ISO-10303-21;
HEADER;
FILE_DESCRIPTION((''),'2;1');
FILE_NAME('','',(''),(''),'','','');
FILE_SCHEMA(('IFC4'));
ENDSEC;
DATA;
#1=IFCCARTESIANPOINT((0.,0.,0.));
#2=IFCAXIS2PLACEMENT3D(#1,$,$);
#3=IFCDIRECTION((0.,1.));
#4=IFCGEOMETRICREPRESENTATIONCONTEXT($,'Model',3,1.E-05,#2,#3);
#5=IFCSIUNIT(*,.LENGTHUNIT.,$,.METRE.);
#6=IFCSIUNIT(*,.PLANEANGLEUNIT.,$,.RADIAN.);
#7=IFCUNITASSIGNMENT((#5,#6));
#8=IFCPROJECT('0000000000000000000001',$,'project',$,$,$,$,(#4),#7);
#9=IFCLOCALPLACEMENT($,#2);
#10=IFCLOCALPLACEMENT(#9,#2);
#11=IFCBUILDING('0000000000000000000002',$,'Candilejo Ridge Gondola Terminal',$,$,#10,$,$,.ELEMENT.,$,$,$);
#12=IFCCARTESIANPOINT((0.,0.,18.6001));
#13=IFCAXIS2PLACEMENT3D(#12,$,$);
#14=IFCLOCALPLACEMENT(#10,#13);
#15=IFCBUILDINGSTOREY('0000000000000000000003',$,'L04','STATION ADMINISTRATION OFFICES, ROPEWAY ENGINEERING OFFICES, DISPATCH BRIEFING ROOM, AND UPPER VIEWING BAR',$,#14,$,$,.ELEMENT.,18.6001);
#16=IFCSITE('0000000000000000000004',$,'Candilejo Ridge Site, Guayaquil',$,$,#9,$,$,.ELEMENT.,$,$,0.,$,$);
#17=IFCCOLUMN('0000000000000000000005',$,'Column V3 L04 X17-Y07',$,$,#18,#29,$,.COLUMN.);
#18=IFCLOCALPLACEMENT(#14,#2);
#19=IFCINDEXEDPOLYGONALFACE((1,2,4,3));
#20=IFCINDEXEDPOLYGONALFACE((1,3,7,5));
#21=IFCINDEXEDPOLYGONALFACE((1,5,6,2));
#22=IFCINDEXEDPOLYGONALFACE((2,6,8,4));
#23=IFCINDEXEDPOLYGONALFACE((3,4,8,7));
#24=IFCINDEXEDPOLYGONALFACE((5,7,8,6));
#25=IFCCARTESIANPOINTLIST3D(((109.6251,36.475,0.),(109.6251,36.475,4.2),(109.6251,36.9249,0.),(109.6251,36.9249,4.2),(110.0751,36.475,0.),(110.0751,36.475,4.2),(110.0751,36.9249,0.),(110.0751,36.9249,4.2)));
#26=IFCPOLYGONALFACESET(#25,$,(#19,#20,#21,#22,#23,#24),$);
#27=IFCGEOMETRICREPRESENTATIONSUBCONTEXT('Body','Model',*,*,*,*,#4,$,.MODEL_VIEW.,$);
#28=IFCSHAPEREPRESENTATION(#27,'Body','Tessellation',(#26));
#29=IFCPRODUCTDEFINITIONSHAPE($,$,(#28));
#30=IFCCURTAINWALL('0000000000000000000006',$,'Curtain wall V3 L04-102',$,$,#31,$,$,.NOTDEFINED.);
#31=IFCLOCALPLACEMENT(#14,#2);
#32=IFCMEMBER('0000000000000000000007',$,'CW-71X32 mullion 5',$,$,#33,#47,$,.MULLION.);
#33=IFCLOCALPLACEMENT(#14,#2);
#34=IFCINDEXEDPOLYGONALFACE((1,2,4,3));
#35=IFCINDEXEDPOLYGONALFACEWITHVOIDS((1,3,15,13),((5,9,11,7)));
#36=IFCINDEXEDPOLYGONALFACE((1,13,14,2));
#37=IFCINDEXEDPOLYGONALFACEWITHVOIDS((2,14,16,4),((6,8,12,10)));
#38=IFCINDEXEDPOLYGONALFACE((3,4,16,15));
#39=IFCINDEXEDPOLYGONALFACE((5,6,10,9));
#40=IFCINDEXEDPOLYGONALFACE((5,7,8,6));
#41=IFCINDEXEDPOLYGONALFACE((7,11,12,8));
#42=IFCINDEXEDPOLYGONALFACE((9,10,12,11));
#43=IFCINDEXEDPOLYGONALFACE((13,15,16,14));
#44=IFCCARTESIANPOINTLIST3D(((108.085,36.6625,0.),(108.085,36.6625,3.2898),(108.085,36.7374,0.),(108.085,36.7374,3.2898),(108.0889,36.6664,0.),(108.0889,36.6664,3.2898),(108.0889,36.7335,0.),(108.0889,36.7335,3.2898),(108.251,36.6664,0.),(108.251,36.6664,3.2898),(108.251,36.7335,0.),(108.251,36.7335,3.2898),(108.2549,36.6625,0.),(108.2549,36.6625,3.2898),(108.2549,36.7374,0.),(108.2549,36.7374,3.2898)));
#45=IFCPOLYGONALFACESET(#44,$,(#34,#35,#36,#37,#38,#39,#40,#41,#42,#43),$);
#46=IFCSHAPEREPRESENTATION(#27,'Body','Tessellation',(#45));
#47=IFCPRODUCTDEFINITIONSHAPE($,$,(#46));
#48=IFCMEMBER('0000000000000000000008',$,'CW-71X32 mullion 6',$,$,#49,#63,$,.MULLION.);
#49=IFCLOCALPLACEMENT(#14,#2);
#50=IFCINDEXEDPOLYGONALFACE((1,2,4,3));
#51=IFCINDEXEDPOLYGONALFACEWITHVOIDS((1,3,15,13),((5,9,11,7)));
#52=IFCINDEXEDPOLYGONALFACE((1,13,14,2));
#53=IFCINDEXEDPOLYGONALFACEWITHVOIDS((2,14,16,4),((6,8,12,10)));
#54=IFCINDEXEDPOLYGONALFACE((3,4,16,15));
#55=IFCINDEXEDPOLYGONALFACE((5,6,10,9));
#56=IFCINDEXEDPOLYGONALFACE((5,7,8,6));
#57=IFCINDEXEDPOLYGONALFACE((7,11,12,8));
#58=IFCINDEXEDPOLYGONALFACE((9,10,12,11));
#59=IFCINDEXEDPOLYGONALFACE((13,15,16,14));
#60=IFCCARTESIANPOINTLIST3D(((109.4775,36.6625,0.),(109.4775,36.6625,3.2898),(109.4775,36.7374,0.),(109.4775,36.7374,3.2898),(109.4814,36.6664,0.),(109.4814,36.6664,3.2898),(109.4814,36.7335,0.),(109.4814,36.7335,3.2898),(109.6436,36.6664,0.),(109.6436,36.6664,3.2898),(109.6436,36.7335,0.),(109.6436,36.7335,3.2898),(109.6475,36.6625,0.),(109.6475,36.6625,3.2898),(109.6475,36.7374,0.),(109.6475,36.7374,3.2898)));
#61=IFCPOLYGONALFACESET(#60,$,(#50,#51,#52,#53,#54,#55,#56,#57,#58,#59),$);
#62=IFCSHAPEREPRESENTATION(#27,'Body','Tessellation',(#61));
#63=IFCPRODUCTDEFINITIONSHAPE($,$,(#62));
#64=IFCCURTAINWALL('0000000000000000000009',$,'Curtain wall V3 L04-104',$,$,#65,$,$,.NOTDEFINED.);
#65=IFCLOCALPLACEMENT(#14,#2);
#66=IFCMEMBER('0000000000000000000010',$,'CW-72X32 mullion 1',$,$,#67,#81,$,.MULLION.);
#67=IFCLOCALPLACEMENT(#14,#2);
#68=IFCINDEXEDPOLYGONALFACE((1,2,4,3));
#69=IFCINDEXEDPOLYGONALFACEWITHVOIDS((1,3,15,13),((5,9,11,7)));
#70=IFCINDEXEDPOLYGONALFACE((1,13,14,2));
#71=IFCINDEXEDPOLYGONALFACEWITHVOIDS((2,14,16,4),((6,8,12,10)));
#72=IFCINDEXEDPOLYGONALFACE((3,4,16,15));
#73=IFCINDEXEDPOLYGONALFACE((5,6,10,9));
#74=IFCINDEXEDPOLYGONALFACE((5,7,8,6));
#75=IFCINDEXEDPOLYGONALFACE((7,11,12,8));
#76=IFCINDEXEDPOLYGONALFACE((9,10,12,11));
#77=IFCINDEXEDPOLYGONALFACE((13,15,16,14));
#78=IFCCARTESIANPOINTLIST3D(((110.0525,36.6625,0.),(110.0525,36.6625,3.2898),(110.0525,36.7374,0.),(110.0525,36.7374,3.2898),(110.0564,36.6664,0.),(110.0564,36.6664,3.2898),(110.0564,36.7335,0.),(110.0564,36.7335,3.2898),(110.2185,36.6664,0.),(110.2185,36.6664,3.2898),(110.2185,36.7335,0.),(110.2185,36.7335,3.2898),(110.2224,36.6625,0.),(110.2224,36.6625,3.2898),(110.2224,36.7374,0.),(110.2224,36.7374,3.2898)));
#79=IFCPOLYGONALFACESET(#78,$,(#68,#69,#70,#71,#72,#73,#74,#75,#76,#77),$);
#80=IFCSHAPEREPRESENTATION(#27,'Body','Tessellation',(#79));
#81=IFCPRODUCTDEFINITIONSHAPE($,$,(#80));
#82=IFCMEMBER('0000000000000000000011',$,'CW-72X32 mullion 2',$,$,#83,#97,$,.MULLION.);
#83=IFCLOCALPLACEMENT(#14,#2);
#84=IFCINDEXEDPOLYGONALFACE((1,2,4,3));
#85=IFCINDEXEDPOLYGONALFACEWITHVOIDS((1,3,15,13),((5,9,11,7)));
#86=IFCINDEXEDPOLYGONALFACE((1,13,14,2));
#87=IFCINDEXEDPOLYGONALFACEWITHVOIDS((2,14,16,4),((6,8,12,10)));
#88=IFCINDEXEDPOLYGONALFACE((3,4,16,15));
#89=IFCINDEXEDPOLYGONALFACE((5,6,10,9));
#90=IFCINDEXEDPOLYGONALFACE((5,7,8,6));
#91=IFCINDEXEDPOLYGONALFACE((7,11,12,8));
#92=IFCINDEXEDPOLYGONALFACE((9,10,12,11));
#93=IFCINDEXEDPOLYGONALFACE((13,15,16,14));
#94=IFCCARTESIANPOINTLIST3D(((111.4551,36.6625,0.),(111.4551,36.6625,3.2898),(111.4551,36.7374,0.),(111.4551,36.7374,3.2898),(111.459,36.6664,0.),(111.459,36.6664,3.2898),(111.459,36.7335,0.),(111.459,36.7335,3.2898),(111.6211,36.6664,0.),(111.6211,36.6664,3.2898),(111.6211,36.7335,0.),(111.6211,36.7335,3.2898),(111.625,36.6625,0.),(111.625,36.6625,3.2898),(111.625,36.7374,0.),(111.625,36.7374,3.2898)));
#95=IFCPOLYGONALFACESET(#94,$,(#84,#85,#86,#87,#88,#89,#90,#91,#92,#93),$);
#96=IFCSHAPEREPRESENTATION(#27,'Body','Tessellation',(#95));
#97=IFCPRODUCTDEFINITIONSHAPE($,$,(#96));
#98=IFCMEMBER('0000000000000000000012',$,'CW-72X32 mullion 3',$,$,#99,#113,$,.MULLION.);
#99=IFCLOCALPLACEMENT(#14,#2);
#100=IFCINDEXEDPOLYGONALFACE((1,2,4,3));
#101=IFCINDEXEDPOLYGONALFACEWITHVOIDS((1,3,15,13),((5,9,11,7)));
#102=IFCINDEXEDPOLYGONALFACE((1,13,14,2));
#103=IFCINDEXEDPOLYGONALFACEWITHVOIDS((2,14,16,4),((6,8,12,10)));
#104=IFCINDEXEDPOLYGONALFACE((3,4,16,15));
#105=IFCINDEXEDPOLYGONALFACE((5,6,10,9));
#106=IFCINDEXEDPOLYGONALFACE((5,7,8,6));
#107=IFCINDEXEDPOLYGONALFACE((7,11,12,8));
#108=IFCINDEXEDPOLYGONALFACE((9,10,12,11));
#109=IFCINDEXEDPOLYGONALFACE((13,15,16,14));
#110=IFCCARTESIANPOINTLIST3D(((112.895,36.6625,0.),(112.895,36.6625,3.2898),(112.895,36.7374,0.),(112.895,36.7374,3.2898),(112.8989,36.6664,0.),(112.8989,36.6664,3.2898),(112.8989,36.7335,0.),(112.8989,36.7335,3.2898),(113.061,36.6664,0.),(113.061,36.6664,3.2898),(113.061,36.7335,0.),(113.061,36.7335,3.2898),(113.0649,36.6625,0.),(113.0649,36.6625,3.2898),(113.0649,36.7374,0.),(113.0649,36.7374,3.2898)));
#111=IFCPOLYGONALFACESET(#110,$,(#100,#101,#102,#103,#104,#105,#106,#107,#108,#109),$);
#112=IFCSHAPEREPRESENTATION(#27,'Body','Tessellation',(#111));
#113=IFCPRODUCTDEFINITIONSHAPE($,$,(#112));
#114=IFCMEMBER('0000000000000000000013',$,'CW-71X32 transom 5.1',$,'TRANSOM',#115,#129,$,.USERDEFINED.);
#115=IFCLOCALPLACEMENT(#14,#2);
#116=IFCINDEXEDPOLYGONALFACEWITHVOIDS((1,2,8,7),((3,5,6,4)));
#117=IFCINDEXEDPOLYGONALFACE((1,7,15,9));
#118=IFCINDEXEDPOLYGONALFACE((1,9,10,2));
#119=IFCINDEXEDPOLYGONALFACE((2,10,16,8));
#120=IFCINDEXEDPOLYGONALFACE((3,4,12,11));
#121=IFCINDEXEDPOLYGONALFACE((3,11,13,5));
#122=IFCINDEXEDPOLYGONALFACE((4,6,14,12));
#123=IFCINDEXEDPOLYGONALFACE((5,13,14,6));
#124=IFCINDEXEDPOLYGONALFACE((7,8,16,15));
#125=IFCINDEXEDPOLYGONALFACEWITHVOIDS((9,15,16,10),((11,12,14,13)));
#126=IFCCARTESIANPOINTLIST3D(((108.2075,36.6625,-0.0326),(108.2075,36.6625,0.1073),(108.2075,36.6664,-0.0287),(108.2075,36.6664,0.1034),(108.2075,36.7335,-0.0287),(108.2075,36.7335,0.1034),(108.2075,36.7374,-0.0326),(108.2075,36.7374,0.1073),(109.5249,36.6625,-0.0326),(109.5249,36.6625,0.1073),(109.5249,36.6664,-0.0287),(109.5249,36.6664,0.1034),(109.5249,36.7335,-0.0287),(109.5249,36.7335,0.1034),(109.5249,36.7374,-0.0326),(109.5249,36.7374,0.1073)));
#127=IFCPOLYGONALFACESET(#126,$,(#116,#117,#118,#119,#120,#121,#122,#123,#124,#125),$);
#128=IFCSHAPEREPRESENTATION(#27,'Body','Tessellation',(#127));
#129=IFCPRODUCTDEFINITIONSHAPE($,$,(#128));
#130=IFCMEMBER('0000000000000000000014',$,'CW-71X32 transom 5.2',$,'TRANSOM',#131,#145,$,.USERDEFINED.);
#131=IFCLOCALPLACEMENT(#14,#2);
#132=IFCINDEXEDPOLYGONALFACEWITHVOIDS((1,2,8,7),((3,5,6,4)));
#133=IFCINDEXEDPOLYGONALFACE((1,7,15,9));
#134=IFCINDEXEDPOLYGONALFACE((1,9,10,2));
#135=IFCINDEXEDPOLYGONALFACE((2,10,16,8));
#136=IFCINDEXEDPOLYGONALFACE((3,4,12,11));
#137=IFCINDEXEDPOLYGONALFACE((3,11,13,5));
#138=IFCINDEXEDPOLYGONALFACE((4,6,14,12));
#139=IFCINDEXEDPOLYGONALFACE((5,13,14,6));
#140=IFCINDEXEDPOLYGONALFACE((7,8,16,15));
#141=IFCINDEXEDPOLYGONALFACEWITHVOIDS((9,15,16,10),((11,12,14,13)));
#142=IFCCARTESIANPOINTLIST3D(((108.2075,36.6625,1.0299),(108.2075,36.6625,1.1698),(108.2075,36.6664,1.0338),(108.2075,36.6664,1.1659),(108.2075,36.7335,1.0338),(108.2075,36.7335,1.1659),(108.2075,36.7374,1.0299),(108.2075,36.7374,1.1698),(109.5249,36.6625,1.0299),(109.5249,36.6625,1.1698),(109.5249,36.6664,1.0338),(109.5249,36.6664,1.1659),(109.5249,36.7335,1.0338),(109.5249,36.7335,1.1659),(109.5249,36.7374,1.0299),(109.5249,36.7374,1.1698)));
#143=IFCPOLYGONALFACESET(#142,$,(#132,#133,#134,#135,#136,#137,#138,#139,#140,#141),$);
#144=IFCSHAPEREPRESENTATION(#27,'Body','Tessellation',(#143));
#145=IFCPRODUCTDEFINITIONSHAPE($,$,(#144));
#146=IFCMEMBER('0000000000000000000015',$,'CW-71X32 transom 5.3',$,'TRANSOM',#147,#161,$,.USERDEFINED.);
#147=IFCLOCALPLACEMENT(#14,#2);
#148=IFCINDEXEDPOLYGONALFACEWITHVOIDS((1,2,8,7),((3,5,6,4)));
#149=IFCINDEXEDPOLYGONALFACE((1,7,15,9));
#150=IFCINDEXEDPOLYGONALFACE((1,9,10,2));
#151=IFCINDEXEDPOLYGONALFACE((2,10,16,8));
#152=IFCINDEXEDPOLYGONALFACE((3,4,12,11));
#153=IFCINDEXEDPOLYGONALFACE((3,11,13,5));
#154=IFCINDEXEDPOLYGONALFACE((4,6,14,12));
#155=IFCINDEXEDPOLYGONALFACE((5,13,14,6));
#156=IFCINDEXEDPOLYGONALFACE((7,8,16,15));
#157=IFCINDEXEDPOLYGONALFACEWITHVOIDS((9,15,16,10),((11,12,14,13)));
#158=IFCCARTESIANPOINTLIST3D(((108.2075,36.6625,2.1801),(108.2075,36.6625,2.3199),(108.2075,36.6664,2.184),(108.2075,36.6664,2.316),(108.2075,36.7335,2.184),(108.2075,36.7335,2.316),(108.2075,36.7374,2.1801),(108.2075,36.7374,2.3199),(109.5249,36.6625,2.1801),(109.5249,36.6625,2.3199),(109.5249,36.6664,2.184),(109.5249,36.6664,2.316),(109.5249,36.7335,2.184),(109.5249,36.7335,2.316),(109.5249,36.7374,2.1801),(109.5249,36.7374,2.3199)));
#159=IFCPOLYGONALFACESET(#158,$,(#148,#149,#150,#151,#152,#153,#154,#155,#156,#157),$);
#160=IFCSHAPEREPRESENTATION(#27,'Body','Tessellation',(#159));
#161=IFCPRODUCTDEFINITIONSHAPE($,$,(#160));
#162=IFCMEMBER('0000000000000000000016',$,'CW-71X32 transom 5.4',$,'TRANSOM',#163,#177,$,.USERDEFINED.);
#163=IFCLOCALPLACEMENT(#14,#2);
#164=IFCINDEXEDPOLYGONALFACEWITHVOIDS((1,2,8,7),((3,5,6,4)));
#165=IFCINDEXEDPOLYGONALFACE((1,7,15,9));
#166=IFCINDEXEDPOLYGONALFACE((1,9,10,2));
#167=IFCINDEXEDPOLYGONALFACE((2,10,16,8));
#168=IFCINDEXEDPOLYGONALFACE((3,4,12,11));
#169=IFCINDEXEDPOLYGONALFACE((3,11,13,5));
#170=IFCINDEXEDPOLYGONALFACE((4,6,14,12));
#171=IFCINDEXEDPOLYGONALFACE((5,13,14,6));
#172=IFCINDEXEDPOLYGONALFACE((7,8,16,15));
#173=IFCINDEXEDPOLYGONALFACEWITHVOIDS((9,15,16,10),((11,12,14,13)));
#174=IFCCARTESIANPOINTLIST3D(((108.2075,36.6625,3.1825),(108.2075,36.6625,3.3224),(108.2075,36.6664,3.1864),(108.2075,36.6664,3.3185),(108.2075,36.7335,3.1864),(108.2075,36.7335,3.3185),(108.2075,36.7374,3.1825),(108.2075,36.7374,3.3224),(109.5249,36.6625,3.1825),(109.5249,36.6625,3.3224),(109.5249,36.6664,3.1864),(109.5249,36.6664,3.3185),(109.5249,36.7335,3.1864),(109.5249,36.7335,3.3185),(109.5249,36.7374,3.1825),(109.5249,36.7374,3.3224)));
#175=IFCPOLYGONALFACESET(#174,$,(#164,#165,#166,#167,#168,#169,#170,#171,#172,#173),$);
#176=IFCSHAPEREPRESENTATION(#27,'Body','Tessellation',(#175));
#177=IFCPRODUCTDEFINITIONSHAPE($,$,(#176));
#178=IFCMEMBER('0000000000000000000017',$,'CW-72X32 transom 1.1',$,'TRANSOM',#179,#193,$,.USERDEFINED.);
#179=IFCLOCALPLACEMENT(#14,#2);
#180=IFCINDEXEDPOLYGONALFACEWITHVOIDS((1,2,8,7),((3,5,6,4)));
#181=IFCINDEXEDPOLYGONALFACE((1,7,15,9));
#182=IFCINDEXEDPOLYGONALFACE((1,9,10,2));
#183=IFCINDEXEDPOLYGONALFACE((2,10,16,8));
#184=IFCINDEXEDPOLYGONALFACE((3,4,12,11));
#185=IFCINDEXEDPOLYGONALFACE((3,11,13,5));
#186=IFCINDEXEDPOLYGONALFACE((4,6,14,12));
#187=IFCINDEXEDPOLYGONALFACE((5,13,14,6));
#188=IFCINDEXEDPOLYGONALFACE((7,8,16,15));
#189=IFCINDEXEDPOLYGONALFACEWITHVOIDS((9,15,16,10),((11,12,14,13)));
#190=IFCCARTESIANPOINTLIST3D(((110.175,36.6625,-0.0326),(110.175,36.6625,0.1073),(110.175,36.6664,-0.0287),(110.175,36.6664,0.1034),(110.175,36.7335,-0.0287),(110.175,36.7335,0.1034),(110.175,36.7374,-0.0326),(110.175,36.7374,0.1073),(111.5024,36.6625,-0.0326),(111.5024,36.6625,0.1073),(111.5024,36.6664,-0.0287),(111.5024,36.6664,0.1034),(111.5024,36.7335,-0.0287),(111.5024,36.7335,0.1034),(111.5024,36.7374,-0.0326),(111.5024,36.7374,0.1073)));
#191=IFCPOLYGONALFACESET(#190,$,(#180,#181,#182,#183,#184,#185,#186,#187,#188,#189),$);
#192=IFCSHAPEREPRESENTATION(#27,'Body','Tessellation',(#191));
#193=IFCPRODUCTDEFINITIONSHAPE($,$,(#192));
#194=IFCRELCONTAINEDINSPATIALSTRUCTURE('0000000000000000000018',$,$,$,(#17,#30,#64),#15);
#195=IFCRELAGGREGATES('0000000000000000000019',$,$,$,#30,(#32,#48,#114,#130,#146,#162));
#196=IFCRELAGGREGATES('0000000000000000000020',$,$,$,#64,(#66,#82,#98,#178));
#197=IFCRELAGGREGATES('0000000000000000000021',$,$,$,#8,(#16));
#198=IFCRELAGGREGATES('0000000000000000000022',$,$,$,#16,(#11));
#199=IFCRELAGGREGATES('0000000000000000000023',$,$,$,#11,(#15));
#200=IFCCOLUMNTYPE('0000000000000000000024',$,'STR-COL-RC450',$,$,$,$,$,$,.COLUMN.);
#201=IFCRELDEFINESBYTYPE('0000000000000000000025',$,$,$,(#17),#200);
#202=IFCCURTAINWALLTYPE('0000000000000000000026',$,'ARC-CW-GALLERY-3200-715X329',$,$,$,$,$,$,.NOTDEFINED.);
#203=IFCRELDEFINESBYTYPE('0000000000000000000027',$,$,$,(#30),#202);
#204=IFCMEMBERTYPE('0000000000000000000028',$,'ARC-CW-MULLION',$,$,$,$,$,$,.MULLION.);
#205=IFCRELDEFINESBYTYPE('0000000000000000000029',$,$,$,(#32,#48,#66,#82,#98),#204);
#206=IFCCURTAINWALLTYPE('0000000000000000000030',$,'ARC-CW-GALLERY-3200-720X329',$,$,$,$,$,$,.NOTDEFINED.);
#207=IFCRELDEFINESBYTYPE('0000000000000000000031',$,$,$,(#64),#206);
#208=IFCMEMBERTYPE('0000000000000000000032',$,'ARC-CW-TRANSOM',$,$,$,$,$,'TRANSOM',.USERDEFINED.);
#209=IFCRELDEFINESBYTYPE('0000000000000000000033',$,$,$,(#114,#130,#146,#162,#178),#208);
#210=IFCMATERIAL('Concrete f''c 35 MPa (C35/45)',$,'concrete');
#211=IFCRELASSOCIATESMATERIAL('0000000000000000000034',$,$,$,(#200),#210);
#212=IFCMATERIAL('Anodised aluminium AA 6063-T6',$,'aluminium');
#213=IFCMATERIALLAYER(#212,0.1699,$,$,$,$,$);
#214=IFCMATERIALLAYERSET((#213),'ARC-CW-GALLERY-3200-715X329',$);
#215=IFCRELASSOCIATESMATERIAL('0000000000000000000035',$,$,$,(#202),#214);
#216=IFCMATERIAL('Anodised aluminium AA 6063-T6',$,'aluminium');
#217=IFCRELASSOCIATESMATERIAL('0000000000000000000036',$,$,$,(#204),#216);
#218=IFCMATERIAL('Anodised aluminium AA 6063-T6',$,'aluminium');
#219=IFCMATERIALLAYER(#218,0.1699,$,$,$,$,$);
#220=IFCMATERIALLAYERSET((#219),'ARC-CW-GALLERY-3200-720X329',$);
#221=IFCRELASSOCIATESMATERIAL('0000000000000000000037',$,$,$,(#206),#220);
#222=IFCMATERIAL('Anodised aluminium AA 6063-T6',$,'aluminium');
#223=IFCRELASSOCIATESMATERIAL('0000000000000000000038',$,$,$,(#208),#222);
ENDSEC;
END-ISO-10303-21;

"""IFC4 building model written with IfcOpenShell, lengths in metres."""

from ifc_helpers import new_model, si_unit, direction, frame, origin, origin_2d, place, context, subcontext, project, spatial, rectangle, hollow_rectangle, extrude, material, layer, layer_set, material_profile, profile_set, type_object, element, aggregate, save


model = new_model("IFC4")

# Units and contexts
model_context = context("Model", 3, precision=1e-05, world=origin(), true_north=direction((0.0, 1.0)))
body_context = subcontext(model_context, "Body", "Model", "MODEL_VIEW")
ifc_project = project(units=[si_unit("LENGTHUNIT", "METRE"), si_unit("PLANEANGLEUNIT", "RADIAN")], contexts=[model_context])

# Site, building, storey
site_placement = place(None, origin())
site = spatial("IfcSite", under=ifc_project, at=site_placement, Name="Candilejo Ridge Site, Guayaquil", CompositionType="ELEMENT", RefElevation=0.0)
building_placement = place(site_placement, origin())
building = spatial("IfcBuilding", under=site, at=building_placement, Name="Candilejo Ridge Gondola Terminal", CompositionType="ELEMENT")
storey_placement = place(building_placement, frame((0.0, 0.0, 18.6001)))
storey = spatial("IfcBuildingStorey", under=building, at=storey_placement, Name="L04", Description="STATION ADMINISTRATION OFFICES, ROPEWAY ENGINEERING OFFICES, DISPATCH BRIEFING ROOM, AND UPPER VIEWING BAR", CompositionType="ELEMENT", Elevation=18.6001)

# Column
ifc_material_1 = material(Name="Concrete f'c 35 MPa (C35/45)", Category="concrete")
ifc_material_profile_1 = material_profile(ifc_material_1, rectangle(XDim=0.45, YDim=0.45, at=origin_2d()))
ifc_profile_set_1 = profile_set([ifc_material_profile_1], Name="Concrete f'c 35 MPa (C35/45)")
column_type = type_object("IfcColumnType", Name="STR-COL-RC450", PredefinedType="COLUMN", material=ifc_profile_set_1)
column_placement = place(storey_placement, frame((109.8501, 36.7, 0.0), z_axis=(0.0, 0.0, 1.0), x_axis=(1.0, 0.0, 0.0)))
element("IfcColumn", 1, at=column_placement, inside=storey, type_object=column_type, Name="Column V3 L04 X17-Y07", PredefinedType="COLUMN", context=body_context, shape_type="SweptSolid", body=[
    extrude(rectangle(XDim=0.45, YDim=0.45, at=origin_2d()), origin(), (0.0, 0.0, 1.0), 4.2),
])

# Curtain walls, members
ifc_material_2 = material(Name="Anodised aluminium AA 6063-T6", Category="aluminium")
ifc_layer_1 = layer(ifc_material_2, 0.1699)
ifc_layer_set_1 = layer_set([ifc_layer_1], Name="ARC-CW-GALLERY-3200-715X329")
curtain_wall_type_1 = type_object("IfcCurtainWallType", Name="ARC-CW-GALLERY-3200-715X329", PredefinedType="NOTDEFINED", material=ifc_layer_set_1)
curtain_wall_1_placement = place(storey_placement, origin())
curtain_wall_1 = element("IfcCurtainWall", 2, at=curtain_wall_1_placement, inside=storey, type_object=curtain_wall_type_1, Name="Curtain wall V3 L04-102", PredefinedType="NOTDEFINED")
ifc_material_3 = material(Name="Anodised aluminium AA 6063-T6", Category="aluminium")
ifc_material_profile_2 = material_profile(ifc_material_3, hollow_rectangle(XDim=0.075, YDim=0.1699, WallThickness=0.0039, at=origin_2d()))
ifc_profile_set_2 = profile_set([ifc_material_profile_2], Name="Anodised aluminium AA 6063-T6")
member_type_1 = type_object("IfcMemberType", Name="ARC-CW-MULLION", PredefinedType="MULLION", material=ifc_profile_set_2)
member_1_placement = place(storey_placement, frame((108.1699, 36.7, 0.0), z_axis=(0.0, 0.0, 1.0), x_axis=(0.0, 1.0, 0.0)))
member_1 = element("IfcMember", 3, at=member_1_placement, type_object=member_type_1, Name="CW-71X32 mullion 5", PredefinedType="MULLION", context=body_context, shape_type="SweptSolid", body=[
    extrude(hollow_rectangle(XDim=0.075, YDim=0.1699, WallThickness=0.0039, at=origin_2d()), origin(), (0.0, 0.0, 1.0), 3.2898),
])
member_2_placement = place(storey_placement, frame((109.5625, 36.7, 0.0), z_axis=(0.0, 0.0, 1.0), x_axis=(0.0, 1.0, 0.0)))
member_2 = element("IfcMember", 4, at=member_2_placement, type_object=member_type_1, Name="CW-71X32 mullion 6", PredefinedType="MULLION", context=body_context, shape_type="SweptSolid", body=[
    extrude(hollow_rectangle(XDim=0.075, YDim=0.1699, WallThickness=0.0039, at=origin_2d()), origin(), (0.0, 0.0, 1.0), 3.2898),
])
ifc_material_4 = material(Name="Anodised aluminium AA 6063-T6", Category="aluminium")
ifc_layer_2 = layer(ifc_material_4, 0.1699)
ifc_layer_set_2 = layer_set([ifc_layer_2], Name="ARC-CW-GALLERY-3200-720X329")
curtain_wall_type_2 = type_object("IfcCurtainWallType", Name="ARC-CW-GALLERY-3200-720X329", PredefinedType="NOTDEFINED", material=ifc_layer_set_2)
curtain_wall_2_placement = place(storey_placement, origin())
curtain_wall_2 = element("IfcCurtainWall", 5, at=curtain_wall_2_placement, inside=storey, type_object=curtain_wall_type_2, Name="Curtain wall V3 L04-104", PredefinedType="NOTDEFINED")
member_3_placement = place(storey_placement, frame((110.1375, 36.7, 0.0), z_axis=(0.0, 0.0, 1.0), x_axis=(0.0, 1.0, 0.0)))
member_3 = element("IfcMember", 6, at=member_3_placement, type_object=member_type_1, Name="CW-72X32 mullion 1", PredefinedType="MULLION", context=body_context, shape_type="SweptSolid", body=[
    extrude(hollow_rectangle(XDim=0.075, YDim=0.1699, WallThickness=0.0039, at=origin_2d()), origin(), (0.0, 0.0, 1.0), 3.2898),
])
member_4_placement = place(storey_placement, frame((111.54, 36.7, 0.0), z_axis=(0.0, 0.0, 1.0), x_axis=(0.0, 1.0, 0.0)))
member_4 = element("IfcMember", 7, at=member_4_placement, type_object=member_type_1, Name="CW-72X32 mullion 2", PredefinedType="MULLION", context=body_context, shape_type="SweptSolid", body=[
    extrude(hollow_rectangle(XDim=0.075, YDim=0.1699, WallThickness=0.0039, at=origin_2d()), origin(), (0.0, 0.0, 1.0), 3.2898),
])
member_5_placement = place(storey_placement, frame((112.98, 36.7, 0.0), z_axis=(0.0, 0.0, 1.0), x_axis=(0.0, 1.0, 0.0)))
member_5 = element("IfcMember", 8, at=member_5_placement, type_object=member_type_1, Name="CW-72X32 mullion 3", PredefinedType="MULLION", context=body_context, shape_type="SweptSolid", body=[
    extrude(hollow_rectangle(XDim=0.075, YDim=0.1699, WallThickness=0.0039, at=origin_2d()), origin(), (0.0, 0.0, 1.0), 3.2898),
])

# Members
ifc_material_5 = material(Name="Anodised aluminium AA 6063-T6", Category="aluminium")
ifc_material_profile_3 = material_profile(ifc_material_5, hollow_rectangle(XDim=0.075, YDim=0.1399, WallThickness=0.0039, at=origin_2d()))
ifc_profile_set_3 = profile_set([ifc_material_profile_3], Name="Anodised aluminium AA 6063-T6")
member_type_2 = type_object("IfcMemberType", Name="ARC-CW-TRANSOM", ElementType="TRANSOM", PredefinedType="USERDEFINED", material=ifc_profile_set_3)
member_6_placement = place(storey_placement, frame((108.2075, 36.7, 0.0374), z_axis=(1.0, 0.0, 0.0), x_axis=(0.0, 1.0, 0.0)))
member_6 = element("IfcMember", 9, at=member_6_placement, type_object=member_type_2, Name="CW-71X32 transom 5.1", ObjectType="TRANSOM", PredefinedType="USERDEFINED", context=body_context, shape_type="SweptSolid", body=[
    extrude(hollow_rectangle(XDim=0.075, YDim=0.1399, WallThickness=0.0039, at=origin_2d()), origin(), (0.0, 0.0, 1.0), 1.3174),
])
member_7_placement = place(storey_placement, frame((108.2075, 36.7, 1.0999), z_axis=(1.0, 0.0, 0.0), x_axis=(0.0, 1.0, 0.0)))
member_7 = element("IfcMember", 10, at=member_7_placement, type_object=member_type_2, Name="CW-71X32 transom 5.2", ObjectType="TRANSOM", PredefinedType="USERDEFINED", context=body_context, shape_type="SweptSolid", body=[
    extrude(hollow_rectangle(XDim=0.075, YDim=0.1399, WallThickness=0.0039, at=origin_2d()), origin(), (0.0, 0.0, 1.0), 1.3174),
])
member_8_placement = place(storey_placement, frame((108.2075, 36.7, 2.25), z_axis=(1.0, 0.0, 0.0), x_axis=(0.0, 1.0, 0.0)))
member_8 = element("IfcMember", 11, at=member_8_placement, type_object=member_type_2, Name="CW-71X32 transom 5.3", ObjectType="TRANSOM", PredefinedType="USERDEFINED", context=body_context, shape_type="SweptSolid", body=[
    extrude(hollow_rectangle(XDim=0.075, YDim=0.1399, WallThickness=0.0039, at=origin_2d()), origin(), (0.0, 0.0, 1.0), 1.3174),
])
member_9_placement = place(storey_placement, frame((108.2075, 36.7, 3.2524), z_axis=(1.0, 0.0, 0.0), x_axis=(0.0, 1.0, 0.0)))
member_9 = element("IfcMember", 12, at=member_9_placement, type_object=member_type_2, Name="CW-71X32 transom 5.4", ObjectType="TRANSOM", PredefinedType="USERDEFINED", context=body_context, shape_type="SweptSolid", body=[
    extrude(hollow_rectangle(XDim=0.075, YDim=0.1399, WallThickness=0.0039, at=origin_2d()), origin(), (0.0, 0.0, 1.0), 1.3174),
])
member_10_placement = place(storey_placement, frame((110.175, 36.7, 0.0374), z_axis=(1.0, 0.0, 0.0), x_axis=(0.0, 1.0, 0.0)))
member_10 = element("IfcMember", 13, at=member_10_placement, type_object=member_type_2, Name="CW-72X32 transom 1.1", ObjectType="TRANSOM", PredefinedType="USERDEFINED", context=body_context, shape_type="SweptSolid", body=[
    extrude(hollow_rectangle(XDim=0.075, YDim=0.1399, WallThickness=0.0039, at=origin_2d()), origin(), (0.0, 0.0, 1.0), 1.3274),
])

aggregate(curtain_wall_1, [member_1, member_2, member_6, member_7, member_8, member_9])
aggregate(curtain_wall_2, [member_3, member_4, member_5, member_10])

save(model, "model.ifc")
